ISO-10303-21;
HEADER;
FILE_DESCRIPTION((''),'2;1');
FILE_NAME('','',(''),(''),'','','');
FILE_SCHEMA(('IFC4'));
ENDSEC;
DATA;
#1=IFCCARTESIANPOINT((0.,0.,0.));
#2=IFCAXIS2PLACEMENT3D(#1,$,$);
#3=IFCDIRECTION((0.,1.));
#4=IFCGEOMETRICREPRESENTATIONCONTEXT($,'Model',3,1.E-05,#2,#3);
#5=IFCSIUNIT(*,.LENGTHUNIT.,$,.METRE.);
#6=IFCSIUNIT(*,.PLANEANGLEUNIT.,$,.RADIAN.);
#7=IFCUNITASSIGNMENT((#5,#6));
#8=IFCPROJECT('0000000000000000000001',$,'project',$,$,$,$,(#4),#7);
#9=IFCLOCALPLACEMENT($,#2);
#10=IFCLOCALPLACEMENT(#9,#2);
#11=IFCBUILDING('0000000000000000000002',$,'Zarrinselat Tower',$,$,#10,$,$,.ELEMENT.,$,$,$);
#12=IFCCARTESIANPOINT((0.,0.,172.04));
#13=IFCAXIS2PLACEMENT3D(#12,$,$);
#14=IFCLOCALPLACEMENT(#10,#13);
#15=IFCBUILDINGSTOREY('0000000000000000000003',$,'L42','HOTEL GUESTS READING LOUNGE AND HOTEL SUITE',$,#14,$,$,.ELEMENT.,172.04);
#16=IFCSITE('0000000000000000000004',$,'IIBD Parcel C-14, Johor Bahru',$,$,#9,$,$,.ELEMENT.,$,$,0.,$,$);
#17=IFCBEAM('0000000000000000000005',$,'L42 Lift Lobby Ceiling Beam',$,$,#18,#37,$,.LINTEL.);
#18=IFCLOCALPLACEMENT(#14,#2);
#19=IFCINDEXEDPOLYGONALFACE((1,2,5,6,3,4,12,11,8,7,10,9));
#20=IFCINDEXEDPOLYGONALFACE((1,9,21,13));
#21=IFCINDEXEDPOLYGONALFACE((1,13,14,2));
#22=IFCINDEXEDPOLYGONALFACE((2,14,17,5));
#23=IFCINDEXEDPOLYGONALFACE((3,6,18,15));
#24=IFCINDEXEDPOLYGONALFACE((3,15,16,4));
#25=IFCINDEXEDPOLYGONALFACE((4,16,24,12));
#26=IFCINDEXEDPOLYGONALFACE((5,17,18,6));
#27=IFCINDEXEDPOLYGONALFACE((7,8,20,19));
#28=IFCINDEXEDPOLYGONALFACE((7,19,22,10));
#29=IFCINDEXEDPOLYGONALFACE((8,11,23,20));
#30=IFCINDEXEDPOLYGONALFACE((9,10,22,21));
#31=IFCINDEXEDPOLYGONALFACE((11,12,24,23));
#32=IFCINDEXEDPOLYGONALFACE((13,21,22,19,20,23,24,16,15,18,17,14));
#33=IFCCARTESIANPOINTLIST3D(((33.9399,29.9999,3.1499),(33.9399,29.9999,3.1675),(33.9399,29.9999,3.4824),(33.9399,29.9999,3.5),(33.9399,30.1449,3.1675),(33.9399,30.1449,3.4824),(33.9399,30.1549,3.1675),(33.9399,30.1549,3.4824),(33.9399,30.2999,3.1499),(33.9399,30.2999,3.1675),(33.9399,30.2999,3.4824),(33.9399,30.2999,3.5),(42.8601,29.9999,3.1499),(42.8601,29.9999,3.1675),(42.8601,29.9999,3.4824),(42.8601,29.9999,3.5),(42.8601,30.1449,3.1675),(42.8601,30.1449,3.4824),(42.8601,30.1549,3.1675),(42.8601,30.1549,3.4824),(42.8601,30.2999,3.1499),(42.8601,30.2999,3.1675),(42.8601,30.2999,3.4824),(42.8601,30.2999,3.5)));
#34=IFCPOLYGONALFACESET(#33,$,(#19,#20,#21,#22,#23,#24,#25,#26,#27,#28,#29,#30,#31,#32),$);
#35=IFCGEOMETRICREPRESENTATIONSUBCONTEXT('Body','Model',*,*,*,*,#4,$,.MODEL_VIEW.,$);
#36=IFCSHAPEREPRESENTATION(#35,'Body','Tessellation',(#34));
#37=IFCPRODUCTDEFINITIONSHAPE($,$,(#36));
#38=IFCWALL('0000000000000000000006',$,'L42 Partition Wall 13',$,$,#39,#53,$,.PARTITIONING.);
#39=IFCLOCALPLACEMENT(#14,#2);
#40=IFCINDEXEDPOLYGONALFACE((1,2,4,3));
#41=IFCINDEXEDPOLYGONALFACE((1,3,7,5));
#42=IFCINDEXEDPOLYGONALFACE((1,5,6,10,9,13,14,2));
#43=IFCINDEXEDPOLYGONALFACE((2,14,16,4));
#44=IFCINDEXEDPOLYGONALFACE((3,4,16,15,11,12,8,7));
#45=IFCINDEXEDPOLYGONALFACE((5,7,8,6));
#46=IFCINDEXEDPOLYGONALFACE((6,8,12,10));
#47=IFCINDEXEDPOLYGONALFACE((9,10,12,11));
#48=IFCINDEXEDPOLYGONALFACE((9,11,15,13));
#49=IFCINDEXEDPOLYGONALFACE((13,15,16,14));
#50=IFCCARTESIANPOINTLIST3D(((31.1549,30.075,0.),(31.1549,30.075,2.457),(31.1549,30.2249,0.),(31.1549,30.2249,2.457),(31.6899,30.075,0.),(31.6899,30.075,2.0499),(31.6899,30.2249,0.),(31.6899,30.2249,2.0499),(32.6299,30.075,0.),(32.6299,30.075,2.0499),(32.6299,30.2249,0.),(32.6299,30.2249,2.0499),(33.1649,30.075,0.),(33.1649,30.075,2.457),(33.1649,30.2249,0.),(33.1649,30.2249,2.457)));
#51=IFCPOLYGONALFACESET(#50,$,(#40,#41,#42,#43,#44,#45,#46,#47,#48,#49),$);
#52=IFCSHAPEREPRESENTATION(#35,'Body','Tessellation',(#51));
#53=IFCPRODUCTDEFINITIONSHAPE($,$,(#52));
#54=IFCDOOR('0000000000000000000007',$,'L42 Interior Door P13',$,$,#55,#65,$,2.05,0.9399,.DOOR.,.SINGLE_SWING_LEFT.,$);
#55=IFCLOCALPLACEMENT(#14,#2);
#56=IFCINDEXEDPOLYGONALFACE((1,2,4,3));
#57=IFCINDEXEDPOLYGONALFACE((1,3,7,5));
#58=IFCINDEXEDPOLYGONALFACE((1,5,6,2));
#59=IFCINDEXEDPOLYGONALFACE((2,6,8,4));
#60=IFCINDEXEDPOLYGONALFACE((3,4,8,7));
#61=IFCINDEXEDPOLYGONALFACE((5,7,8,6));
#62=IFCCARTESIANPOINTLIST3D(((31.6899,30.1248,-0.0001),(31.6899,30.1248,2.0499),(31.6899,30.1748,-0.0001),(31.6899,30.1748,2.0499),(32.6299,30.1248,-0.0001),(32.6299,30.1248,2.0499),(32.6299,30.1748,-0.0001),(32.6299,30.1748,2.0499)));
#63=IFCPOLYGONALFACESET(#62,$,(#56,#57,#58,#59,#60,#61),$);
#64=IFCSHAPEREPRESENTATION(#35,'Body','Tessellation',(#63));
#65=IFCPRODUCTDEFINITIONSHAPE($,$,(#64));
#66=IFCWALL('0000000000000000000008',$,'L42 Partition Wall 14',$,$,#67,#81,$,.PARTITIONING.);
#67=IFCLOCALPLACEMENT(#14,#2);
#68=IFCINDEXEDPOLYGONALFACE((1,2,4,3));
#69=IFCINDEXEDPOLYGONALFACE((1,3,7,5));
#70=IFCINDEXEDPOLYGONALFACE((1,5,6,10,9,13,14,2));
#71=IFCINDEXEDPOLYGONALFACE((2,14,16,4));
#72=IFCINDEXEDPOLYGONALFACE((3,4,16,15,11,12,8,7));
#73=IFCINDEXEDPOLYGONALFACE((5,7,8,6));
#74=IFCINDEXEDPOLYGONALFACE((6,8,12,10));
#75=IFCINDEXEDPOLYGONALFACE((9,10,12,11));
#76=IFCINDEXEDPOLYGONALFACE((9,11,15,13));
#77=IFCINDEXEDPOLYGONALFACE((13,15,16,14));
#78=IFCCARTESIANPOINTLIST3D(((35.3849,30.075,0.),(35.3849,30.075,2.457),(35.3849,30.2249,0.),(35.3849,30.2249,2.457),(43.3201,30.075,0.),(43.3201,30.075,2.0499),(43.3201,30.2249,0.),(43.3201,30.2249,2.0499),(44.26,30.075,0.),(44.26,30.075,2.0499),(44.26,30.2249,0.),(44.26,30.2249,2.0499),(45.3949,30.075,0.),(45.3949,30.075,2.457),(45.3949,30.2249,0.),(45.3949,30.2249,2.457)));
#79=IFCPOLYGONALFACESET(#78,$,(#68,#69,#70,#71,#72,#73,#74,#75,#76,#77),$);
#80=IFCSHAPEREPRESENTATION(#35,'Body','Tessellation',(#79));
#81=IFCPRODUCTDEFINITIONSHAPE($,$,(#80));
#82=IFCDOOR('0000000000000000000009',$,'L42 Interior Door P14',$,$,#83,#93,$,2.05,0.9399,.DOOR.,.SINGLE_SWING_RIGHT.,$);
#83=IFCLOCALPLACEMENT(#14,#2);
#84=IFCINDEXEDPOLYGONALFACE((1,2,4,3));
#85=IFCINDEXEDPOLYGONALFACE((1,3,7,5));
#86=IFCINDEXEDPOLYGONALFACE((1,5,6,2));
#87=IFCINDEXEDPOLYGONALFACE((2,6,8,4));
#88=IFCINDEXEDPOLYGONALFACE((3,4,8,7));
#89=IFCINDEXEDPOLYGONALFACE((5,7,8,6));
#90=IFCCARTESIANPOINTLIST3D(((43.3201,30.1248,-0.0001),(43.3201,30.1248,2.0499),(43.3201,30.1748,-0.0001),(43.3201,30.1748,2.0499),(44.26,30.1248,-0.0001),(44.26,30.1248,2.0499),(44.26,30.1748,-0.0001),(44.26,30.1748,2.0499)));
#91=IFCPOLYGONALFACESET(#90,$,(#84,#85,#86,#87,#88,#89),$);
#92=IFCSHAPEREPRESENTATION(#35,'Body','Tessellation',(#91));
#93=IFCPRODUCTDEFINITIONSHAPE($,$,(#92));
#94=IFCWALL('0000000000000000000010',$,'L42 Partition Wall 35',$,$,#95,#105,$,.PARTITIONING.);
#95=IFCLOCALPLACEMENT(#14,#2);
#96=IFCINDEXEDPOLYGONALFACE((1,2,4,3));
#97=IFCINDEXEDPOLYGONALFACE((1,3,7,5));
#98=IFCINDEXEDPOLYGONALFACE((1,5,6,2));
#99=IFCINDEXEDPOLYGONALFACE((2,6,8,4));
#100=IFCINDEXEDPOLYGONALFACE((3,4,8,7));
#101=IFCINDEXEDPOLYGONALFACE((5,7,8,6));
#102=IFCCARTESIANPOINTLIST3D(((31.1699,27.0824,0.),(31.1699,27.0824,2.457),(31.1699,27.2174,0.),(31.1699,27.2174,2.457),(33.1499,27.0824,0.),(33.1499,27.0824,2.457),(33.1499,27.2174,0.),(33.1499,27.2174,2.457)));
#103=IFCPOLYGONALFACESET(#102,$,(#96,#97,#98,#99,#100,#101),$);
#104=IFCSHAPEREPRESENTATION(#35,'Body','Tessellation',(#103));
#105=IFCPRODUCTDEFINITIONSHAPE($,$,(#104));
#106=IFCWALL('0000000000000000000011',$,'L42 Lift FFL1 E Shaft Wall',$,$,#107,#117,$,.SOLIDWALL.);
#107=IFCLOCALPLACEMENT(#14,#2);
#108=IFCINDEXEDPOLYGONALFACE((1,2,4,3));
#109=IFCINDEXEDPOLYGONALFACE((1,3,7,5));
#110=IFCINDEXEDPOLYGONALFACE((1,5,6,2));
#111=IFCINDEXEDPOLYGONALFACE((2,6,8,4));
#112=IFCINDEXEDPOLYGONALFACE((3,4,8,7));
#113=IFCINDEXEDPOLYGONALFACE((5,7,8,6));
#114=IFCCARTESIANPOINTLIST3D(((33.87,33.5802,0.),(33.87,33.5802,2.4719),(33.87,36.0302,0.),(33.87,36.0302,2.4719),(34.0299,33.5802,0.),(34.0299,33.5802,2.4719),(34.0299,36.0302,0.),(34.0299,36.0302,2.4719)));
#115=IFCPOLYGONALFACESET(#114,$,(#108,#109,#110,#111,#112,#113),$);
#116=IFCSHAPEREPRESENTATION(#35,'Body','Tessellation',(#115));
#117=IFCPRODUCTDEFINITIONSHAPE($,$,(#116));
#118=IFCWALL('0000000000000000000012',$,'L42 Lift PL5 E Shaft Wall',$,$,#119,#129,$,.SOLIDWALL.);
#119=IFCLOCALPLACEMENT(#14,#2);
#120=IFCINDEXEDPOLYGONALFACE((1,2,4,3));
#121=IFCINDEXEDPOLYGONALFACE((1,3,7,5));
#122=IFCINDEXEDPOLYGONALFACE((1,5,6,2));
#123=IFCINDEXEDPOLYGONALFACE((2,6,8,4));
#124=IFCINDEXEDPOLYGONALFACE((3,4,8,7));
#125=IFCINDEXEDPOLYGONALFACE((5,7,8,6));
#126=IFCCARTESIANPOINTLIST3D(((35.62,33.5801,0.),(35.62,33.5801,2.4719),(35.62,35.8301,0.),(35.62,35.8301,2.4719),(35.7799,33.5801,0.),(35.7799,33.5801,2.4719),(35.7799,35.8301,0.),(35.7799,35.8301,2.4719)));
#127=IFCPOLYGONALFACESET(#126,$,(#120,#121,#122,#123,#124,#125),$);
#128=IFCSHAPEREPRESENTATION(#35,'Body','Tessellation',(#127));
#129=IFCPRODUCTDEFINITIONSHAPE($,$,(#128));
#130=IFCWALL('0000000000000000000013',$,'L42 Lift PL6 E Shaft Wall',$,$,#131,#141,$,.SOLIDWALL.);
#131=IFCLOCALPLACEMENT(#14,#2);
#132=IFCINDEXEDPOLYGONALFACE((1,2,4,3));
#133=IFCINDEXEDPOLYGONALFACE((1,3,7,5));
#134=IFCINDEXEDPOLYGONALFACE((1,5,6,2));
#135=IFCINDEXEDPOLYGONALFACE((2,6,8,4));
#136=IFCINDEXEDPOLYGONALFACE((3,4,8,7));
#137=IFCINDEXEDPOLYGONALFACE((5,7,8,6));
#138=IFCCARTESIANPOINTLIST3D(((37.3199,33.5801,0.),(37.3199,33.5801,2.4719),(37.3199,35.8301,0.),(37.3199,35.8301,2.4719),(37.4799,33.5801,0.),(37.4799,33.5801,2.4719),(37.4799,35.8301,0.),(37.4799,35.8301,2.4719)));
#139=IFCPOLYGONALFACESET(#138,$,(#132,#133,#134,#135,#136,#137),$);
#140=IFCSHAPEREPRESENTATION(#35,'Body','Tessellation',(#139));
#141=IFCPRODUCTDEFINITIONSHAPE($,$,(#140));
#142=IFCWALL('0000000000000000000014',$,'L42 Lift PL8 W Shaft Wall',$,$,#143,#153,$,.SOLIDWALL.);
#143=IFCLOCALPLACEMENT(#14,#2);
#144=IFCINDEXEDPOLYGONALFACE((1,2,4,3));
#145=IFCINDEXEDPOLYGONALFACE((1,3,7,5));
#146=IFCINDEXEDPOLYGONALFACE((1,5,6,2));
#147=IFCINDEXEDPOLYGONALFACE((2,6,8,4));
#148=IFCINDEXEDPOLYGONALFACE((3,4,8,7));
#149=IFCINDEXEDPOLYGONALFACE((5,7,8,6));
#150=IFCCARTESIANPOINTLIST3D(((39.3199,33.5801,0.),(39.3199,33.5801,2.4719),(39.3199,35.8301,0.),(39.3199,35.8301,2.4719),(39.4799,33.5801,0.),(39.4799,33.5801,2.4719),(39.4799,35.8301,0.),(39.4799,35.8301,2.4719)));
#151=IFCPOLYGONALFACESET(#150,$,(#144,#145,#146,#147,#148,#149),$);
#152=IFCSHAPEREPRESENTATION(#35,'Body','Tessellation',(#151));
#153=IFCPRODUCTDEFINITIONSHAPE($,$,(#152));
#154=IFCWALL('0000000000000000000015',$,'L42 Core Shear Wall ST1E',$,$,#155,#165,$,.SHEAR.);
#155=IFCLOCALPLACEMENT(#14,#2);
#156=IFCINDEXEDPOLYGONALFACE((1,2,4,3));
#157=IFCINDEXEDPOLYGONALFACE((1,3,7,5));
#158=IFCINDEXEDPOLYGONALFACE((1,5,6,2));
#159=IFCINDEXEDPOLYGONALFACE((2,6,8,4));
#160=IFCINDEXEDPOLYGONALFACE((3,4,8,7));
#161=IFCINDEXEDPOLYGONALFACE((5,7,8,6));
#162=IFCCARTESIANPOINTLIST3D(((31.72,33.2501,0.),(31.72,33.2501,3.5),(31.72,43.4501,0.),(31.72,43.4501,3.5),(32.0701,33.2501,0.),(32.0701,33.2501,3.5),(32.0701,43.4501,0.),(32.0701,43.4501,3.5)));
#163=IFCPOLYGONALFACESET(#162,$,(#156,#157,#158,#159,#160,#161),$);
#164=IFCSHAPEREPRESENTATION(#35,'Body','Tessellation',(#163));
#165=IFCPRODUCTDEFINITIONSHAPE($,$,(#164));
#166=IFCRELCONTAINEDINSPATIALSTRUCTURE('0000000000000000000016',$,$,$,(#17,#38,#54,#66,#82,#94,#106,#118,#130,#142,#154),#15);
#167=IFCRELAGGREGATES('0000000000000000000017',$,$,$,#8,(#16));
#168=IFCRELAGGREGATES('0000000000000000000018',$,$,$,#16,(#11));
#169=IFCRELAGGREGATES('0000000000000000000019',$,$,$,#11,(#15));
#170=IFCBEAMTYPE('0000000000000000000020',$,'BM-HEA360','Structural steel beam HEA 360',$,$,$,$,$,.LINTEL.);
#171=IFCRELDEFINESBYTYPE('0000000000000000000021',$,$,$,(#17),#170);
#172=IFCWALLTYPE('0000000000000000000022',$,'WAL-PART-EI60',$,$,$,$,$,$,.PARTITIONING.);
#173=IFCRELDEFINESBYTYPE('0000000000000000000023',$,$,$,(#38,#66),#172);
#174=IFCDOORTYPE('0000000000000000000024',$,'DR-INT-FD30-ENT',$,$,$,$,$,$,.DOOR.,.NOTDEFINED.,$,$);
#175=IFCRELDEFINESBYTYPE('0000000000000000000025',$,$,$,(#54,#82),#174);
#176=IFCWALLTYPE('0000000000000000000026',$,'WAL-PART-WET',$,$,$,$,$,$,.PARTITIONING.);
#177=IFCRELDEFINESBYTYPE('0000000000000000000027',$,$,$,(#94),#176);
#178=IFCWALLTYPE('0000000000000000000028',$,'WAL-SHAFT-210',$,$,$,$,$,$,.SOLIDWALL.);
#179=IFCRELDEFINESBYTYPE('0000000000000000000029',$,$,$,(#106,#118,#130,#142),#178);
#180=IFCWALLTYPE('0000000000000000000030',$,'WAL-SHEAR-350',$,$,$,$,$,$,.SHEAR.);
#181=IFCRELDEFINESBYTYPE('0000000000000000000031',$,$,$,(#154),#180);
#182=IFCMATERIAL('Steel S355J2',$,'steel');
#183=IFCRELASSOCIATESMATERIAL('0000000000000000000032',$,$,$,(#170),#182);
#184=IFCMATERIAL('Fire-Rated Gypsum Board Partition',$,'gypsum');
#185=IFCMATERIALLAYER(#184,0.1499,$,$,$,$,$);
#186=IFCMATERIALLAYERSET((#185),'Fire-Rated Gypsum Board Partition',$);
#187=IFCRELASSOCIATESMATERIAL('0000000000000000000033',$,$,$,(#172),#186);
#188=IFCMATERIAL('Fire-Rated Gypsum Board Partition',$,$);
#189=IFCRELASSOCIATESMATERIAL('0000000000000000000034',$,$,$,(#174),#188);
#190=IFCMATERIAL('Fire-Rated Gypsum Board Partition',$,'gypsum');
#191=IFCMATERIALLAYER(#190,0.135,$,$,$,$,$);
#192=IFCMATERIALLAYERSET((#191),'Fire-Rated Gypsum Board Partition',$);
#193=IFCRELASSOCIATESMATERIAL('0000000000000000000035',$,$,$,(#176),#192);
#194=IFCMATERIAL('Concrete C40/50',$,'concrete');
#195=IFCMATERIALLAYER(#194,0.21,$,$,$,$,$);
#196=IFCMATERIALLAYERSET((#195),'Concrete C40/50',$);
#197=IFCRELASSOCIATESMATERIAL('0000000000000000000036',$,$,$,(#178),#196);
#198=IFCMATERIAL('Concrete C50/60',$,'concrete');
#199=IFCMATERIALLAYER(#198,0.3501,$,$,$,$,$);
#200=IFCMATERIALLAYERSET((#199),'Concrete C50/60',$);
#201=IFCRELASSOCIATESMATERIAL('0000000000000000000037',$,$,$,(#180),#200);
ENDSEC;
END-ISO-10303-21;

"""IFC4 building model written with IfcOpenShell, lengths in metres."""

from ifc_helpers import new_model, si_unit, direction, frame, frame_2d, origin, origin_2d, place, context, subcontext, project, spatial, rectangle, i_section, extrude, material, layer, layer_set, material_profile, profile_set, type_object, element, fill, save


model = new_model("IFC4")

# Units and contexts
model_context = context("Model", 3, precision=1e-05, world=origin(), true_north=direction((0.0, 1.0)))
body_context = subcontext(model_context, "Body", "Model", "MODEL_VIEW")
ifc_project = project(units=[si_unit("LENGTHUNIT", "METRE"), si_unit("PLANEANGLEUNIT", "RADIAN")], contexts=[model_context])

# Site, building, storey
site_placement = place(None, origin())
site = spatial("IfcSite", under=ifc_project, at=site_placement, Name="IIBD Parcel C-14, Johor Bahru", CompositionType="ELEMENT", RefElevation=0.0)
building_placement = place(site_placement, origin())
building = spatial("IfcBuilding", under=site, at=building_placement, Name="Zarrinselat Tower", CompositionType="ELEMENT")
storey_placement = place(building_placement, frame((0.0, 0.0, 172.04)))
storey = spatial("IfcBuildingStorey", under=building, at=storey_placement, Name="L42", Description="HOTEL GUESTS READING LOUNGE AND HOTEL SUITE", CompositionType="ELEMENT", Elevation=172.04)

# Beam
ifc_material_1 = material(Name="Steel S355J2", Category="steel")
ifc_material_profile = material_profile(ifc_material_1, i_section(OverallWidth=0.3, OverallDepth=0.3501, WebThickness=0.01, FlangeThickness=0.0176, at=origin_2d()), Name="HEA 360")
ifc_profile_set = profile_set([ifc_material_profile], Name="Steel S355J2")
beam_type = type_object("IfcBeamType", Name="BM-HEA360", Description="Structural steel beam HEA 360", PredefinedType="LINTEL", material=ifc_profile_set)
beam_placement = place(storey_placement, frame((33.9399, 30.1499, 3.325), z_axis=(1.0, 0.0, 0.0), x_axis=(0.0, 1.0, 0.0)))
element("IfcBeam", 1, at=beam_placement, inside=storey, type_object=beam_type, Name="L42 Lift Lobby Ceiling Beam", PredefinedType="LINTEL", context=body_context, shape_type="SweptSolid", body=[
    extrude(i_section(OverallWidth=0.3, OverallDepth=0.3501, WebThickness=0.01, FlangeThickness=0.0176, at=origin_2d()), origin(), (0.0, 0.0, 1.0), 8.9202),
])

# Walls, openings, doors
ifc_material_2 = material(Name="Fire-Rated Gypsum Board Partition", Category="gypsum")
ifc_layer_1 = layer(ifc_material_2, 0.1499)
ifc_layer_set_1 = layer_set([ifc_layer_1], Name="Fire-Rated Gypsum Board Partition")
wall_type_1 = type_object("IfcWallType", Name="WAL-PART-EI60", PredefinedType="PARTITIONING", material=ifc_layer_set_1)
wall_1_placement = place(storey_placement, frame((31.155, 30.1499, 0.0), z_axis=(0.0, 0.0, 1.0), x_axis=(1.0, 0.0, 0.0)))
wall_1 = element("IfcWall", 2, at=wall_1_placement, inside=storey, type_object=wall_type_1, Name="L42 Partition Wall 13", PredefinedType="PARTITIONING", context=body_context, shape_type="SweptSolid", body=[
    extrude(rectangle(XDim=2.01, YDim=0.1499, at=frame_2d((1.0049, 0.0))), origin(), (0.0, 0.0, 1.0), 2.457),
])
opening_1_placement = place(wall_1_placement, frame((0.5349, 0.0, 0.0)))
opening_1 = element("IfcOpeningElement", 3, at=opening_1_placement, cuts=wall_1, PredefinedType="OPENING", context=body_context, shape_type="SweptSolid", body=[
    extrude(rectangle(XDim=0.9399, YDim=2.05, at=frame_2d((0.47, 1.0249))), frame((0.0, 0.085, 0.0), z_axis=(0.0, -1.0, 0.0), x_axis=(1.0, 0.0, 0.0)), (0.0, 0.0, 1.0), 0.1699),
])
ifc_material_3 = material(Name="Fire-Rated Gypsum Board Partition")
door_type = type_object("IfcDoorType", Name="DR-INT-FD30-ENT", OperationType="NOTDEFINED", PredefinedType="DOOR", material=ifc_material_3)
door_1_placement = place(opening_1_placement, origin())
door_1 = element("IfcDoor", 4, at=door_1_placement, inside=storey, type_object=door_type, Name="L42 Interior Door P13", OperationType="SINGLE_SWING_LEFT", OverallHeight=2.05, OverallWidth=0.9399, PredefinedType="DOOR", context=body_context, shape_type="SweptSolid", body=[
    extrude(rectangle(XDim=0.9399, YDim=2.05, at=frame_2d((0.47, 1.0249))), frame((0.0, 0.0249, 0.0), z_axis=(0.0, -1.0, 0.0), x_axis=(1.0, 0.0, 0.0)), (0.0, 0.0, 1.0), 0.05),
])
fill(opening_1, door_1)
wall_2_placement = place(storey_placement, frame((35.385, 30.1499, 0.0), z_axis=(0.0, 0.0, 1.0), x_axis=(1.0, 0.0, 0.0)))
wall_2 = element("IfcWall", 5, at=wall_2_placement, inside=storey, type_object=wall_type_1, Name="L42 Partition Wall 14", PredefinedType="PARTITIONING", context=body_context, shape_type="SweptSolid", body=[
    extrude(rectangle(XDim=10.01, YDim=0.1499, at=frame_2d((5.0049, 0.0))), origin(), (0.0, 0.0, 1.0), 2.457),
])
opening_2_placement = place(wall_2_placement, frame((7.9351, 0.0, 0.0)))
opening_2 = element("IfcOpeningElement", 6, at=opening_2_placement, cuts=wall_2, PredefinedType="OPENING", context=body_context, shape_type="SweptSolid", body=[
    extrude(rectangle(XDim=0.9399, YDim=2.05, at=frame_2d((0.47, 1.0249))), frame((0.0, 0.085, 0.0), z_axis=(0.0, -1.0, 0.0), x_axis=(1.0, 0.0, 0.0)), (0.0, 0.0, 1.0), 0.1699),
])
door_2_placement = place(opening_2_placement, origin())
door_2 = element("IfcDoor", 7, at=door_2_placement, inside=storey, type_object=door_type, Name="L42 Interior Door P14", OperationType="SINGLE_SWING_RIGHT", OverallHeight=2.05, OverallWidth=0.9399, PredefinedType="DOOR", context=body_context, shape_type="SweptSolid", body=[
    extrude(rectangle(XDim=0.9399, YDim=2.05, at=frame_2d((0.47, 1.0249))), frame((0.0, 0.0249, 0.0), z_axis=(0.0, -1.0, 0.0), x_axis=(1.0, 0.0, 0.0)), (0.0, 0.0, 1.0), 0.05),
])
fill(opening_2, door_2)

# Walls
ifc_material_4 = material(Name="Fire-Rated Gypsum Board Partition", Category="gypsum")
ifc_layer_2 = layer(ifc_material_4, 0.135)
ifc_layer_set_2 = layer_set([ifc_layer_2], Name="Fire-Rated Gypsum Board Partition")
wall_type_2 = type_object("IfcWallType", Name="WAL-PART-WET", PredefinedType="PARTITIONING", material=ifc_layer_set_2)
wall_3_placement = place(storey_placement, frame((31.1699, 27.1499, 0.0), z_axis=(0.0, 0.0, 1.0), x_axis=(1.0, 0.0, 0.0)))
element("IfcWall", 8, at=wall_3_placement, inside=storey, type_object=wall_type_2, Name="L42 Partition Wall 35", PredefinedType="PARTITIONING", context=body_context, shape_type="SweptSolid", body=[
    extrude(rectangle(XDim=1.98, YDim=0.135, at=frame_2d((0.99, 0.0))), origin(), (0.0, 0.0, 1.0), 2.457),
])
ifc_material_5 = material(Name="Concrete C40/50", Category="concrete")
ifc_layer_3 = layer(ifc_material_5, 0.21)
ifc_layer_set_3 = layer_set([ifc_layer_3], Name="Concrete C40/50")
wall_type_3 = type_object("IfcWallType", Name="WAL-SHAFT-210", PredefinedType="SOLIDWALL", material=ifc_layer_set_3)
wall_4_placement = place(storey_placement, frame((33.95, 33.5801, 0.0), z_axis=(0.0, 0.0, 1.0), x_axis=(0.0, 1.0, 0.0)))
element("IfcWall", 9, at=wall_4_placement, inside=storey, type_object=wall_type_3, Name="L42 Lift FFL1 E Shaft Wall", PredefinedType="SOLIDWALL", context=body_context, shape_type="SweptSolid", body=[
    extrude(rectangle(XDim=2.45, YDim=0.1599, at=frame_2d((1.2251, 0.0))), origin(), (0.0, 0.0, 1.0), 2.4719),
])
for number, where, z_axis, x_axis, name in (
    (10, (35.7, 33.5801, 0.0), (0.0, 0.0, 1.0), (0.0, 1.0, 0.0), "L42 Lift PL5 E Shaft Wall"),
    (11, (37.3999, 33.5801, 0.0), (0.0, 0.0, 1.0), (0.0, 1.0, 0.0), "L42 Lift PL6 E Shaft Wall"),
    (12, (39.3999, 33.5801, 0.0), (0.0, 0.0, 1.0), (0.0, 1.0, 0.0), "L42 Lift PL8 W Shaft Wall"),
):
    element("IfcWall", number, at=place(storey_placement, frame(where, z_axis=z_axis, x_axis=x_axis)), inside=storey, type_object=wall_type_3, Name=name, PredefinedType="SOLIDWALL", context=body_context, shape_type="SweptSolid", body=[
        extrude(rectangle(XDim=2.25, YDim=0.1599, at=frame_2d((1.125, 0.0))), origin(), (0.0, 0.0, 1.0), 2.4719),
    ])
ifc_material_6 = material(Name="Concrete C50/60", Category="concrete")
ifc_layer_4 = layer(ifc_material_6, 0.3501)
ifc_layer_set_4 = layer_set([ifc_layer_4], Name="Concrete C50/60")
wall_type_4 = type_object("IfcWallType", Name="WAL-SHEAR-350", PredefinedType="SHEAR", material=ifc_layer_set_4)
wall_5_placement = place(storey_placement, frame((31.895, 33.25, 0.0), z_axis=(0.0, 0.0, 1.0), x_axis=(0.0, 1.0, 0.0)))
element("IfcWall", 13, at=wall_5_placement, inside=storey, type_object=wall_type_4, Name="L42 Core Shear Wall ST1E", PredefinedType="SHEAR", context=body_context, shape_type="SweptSolid", body=[
    extrude(rectangle(XDim=10.2, YDim=0.3501, at=frame_2d((5.1001, 0.0))), origin(), (0.0, 0.0, 1.0), 3.5),
])

save(model, "model.ifc")
